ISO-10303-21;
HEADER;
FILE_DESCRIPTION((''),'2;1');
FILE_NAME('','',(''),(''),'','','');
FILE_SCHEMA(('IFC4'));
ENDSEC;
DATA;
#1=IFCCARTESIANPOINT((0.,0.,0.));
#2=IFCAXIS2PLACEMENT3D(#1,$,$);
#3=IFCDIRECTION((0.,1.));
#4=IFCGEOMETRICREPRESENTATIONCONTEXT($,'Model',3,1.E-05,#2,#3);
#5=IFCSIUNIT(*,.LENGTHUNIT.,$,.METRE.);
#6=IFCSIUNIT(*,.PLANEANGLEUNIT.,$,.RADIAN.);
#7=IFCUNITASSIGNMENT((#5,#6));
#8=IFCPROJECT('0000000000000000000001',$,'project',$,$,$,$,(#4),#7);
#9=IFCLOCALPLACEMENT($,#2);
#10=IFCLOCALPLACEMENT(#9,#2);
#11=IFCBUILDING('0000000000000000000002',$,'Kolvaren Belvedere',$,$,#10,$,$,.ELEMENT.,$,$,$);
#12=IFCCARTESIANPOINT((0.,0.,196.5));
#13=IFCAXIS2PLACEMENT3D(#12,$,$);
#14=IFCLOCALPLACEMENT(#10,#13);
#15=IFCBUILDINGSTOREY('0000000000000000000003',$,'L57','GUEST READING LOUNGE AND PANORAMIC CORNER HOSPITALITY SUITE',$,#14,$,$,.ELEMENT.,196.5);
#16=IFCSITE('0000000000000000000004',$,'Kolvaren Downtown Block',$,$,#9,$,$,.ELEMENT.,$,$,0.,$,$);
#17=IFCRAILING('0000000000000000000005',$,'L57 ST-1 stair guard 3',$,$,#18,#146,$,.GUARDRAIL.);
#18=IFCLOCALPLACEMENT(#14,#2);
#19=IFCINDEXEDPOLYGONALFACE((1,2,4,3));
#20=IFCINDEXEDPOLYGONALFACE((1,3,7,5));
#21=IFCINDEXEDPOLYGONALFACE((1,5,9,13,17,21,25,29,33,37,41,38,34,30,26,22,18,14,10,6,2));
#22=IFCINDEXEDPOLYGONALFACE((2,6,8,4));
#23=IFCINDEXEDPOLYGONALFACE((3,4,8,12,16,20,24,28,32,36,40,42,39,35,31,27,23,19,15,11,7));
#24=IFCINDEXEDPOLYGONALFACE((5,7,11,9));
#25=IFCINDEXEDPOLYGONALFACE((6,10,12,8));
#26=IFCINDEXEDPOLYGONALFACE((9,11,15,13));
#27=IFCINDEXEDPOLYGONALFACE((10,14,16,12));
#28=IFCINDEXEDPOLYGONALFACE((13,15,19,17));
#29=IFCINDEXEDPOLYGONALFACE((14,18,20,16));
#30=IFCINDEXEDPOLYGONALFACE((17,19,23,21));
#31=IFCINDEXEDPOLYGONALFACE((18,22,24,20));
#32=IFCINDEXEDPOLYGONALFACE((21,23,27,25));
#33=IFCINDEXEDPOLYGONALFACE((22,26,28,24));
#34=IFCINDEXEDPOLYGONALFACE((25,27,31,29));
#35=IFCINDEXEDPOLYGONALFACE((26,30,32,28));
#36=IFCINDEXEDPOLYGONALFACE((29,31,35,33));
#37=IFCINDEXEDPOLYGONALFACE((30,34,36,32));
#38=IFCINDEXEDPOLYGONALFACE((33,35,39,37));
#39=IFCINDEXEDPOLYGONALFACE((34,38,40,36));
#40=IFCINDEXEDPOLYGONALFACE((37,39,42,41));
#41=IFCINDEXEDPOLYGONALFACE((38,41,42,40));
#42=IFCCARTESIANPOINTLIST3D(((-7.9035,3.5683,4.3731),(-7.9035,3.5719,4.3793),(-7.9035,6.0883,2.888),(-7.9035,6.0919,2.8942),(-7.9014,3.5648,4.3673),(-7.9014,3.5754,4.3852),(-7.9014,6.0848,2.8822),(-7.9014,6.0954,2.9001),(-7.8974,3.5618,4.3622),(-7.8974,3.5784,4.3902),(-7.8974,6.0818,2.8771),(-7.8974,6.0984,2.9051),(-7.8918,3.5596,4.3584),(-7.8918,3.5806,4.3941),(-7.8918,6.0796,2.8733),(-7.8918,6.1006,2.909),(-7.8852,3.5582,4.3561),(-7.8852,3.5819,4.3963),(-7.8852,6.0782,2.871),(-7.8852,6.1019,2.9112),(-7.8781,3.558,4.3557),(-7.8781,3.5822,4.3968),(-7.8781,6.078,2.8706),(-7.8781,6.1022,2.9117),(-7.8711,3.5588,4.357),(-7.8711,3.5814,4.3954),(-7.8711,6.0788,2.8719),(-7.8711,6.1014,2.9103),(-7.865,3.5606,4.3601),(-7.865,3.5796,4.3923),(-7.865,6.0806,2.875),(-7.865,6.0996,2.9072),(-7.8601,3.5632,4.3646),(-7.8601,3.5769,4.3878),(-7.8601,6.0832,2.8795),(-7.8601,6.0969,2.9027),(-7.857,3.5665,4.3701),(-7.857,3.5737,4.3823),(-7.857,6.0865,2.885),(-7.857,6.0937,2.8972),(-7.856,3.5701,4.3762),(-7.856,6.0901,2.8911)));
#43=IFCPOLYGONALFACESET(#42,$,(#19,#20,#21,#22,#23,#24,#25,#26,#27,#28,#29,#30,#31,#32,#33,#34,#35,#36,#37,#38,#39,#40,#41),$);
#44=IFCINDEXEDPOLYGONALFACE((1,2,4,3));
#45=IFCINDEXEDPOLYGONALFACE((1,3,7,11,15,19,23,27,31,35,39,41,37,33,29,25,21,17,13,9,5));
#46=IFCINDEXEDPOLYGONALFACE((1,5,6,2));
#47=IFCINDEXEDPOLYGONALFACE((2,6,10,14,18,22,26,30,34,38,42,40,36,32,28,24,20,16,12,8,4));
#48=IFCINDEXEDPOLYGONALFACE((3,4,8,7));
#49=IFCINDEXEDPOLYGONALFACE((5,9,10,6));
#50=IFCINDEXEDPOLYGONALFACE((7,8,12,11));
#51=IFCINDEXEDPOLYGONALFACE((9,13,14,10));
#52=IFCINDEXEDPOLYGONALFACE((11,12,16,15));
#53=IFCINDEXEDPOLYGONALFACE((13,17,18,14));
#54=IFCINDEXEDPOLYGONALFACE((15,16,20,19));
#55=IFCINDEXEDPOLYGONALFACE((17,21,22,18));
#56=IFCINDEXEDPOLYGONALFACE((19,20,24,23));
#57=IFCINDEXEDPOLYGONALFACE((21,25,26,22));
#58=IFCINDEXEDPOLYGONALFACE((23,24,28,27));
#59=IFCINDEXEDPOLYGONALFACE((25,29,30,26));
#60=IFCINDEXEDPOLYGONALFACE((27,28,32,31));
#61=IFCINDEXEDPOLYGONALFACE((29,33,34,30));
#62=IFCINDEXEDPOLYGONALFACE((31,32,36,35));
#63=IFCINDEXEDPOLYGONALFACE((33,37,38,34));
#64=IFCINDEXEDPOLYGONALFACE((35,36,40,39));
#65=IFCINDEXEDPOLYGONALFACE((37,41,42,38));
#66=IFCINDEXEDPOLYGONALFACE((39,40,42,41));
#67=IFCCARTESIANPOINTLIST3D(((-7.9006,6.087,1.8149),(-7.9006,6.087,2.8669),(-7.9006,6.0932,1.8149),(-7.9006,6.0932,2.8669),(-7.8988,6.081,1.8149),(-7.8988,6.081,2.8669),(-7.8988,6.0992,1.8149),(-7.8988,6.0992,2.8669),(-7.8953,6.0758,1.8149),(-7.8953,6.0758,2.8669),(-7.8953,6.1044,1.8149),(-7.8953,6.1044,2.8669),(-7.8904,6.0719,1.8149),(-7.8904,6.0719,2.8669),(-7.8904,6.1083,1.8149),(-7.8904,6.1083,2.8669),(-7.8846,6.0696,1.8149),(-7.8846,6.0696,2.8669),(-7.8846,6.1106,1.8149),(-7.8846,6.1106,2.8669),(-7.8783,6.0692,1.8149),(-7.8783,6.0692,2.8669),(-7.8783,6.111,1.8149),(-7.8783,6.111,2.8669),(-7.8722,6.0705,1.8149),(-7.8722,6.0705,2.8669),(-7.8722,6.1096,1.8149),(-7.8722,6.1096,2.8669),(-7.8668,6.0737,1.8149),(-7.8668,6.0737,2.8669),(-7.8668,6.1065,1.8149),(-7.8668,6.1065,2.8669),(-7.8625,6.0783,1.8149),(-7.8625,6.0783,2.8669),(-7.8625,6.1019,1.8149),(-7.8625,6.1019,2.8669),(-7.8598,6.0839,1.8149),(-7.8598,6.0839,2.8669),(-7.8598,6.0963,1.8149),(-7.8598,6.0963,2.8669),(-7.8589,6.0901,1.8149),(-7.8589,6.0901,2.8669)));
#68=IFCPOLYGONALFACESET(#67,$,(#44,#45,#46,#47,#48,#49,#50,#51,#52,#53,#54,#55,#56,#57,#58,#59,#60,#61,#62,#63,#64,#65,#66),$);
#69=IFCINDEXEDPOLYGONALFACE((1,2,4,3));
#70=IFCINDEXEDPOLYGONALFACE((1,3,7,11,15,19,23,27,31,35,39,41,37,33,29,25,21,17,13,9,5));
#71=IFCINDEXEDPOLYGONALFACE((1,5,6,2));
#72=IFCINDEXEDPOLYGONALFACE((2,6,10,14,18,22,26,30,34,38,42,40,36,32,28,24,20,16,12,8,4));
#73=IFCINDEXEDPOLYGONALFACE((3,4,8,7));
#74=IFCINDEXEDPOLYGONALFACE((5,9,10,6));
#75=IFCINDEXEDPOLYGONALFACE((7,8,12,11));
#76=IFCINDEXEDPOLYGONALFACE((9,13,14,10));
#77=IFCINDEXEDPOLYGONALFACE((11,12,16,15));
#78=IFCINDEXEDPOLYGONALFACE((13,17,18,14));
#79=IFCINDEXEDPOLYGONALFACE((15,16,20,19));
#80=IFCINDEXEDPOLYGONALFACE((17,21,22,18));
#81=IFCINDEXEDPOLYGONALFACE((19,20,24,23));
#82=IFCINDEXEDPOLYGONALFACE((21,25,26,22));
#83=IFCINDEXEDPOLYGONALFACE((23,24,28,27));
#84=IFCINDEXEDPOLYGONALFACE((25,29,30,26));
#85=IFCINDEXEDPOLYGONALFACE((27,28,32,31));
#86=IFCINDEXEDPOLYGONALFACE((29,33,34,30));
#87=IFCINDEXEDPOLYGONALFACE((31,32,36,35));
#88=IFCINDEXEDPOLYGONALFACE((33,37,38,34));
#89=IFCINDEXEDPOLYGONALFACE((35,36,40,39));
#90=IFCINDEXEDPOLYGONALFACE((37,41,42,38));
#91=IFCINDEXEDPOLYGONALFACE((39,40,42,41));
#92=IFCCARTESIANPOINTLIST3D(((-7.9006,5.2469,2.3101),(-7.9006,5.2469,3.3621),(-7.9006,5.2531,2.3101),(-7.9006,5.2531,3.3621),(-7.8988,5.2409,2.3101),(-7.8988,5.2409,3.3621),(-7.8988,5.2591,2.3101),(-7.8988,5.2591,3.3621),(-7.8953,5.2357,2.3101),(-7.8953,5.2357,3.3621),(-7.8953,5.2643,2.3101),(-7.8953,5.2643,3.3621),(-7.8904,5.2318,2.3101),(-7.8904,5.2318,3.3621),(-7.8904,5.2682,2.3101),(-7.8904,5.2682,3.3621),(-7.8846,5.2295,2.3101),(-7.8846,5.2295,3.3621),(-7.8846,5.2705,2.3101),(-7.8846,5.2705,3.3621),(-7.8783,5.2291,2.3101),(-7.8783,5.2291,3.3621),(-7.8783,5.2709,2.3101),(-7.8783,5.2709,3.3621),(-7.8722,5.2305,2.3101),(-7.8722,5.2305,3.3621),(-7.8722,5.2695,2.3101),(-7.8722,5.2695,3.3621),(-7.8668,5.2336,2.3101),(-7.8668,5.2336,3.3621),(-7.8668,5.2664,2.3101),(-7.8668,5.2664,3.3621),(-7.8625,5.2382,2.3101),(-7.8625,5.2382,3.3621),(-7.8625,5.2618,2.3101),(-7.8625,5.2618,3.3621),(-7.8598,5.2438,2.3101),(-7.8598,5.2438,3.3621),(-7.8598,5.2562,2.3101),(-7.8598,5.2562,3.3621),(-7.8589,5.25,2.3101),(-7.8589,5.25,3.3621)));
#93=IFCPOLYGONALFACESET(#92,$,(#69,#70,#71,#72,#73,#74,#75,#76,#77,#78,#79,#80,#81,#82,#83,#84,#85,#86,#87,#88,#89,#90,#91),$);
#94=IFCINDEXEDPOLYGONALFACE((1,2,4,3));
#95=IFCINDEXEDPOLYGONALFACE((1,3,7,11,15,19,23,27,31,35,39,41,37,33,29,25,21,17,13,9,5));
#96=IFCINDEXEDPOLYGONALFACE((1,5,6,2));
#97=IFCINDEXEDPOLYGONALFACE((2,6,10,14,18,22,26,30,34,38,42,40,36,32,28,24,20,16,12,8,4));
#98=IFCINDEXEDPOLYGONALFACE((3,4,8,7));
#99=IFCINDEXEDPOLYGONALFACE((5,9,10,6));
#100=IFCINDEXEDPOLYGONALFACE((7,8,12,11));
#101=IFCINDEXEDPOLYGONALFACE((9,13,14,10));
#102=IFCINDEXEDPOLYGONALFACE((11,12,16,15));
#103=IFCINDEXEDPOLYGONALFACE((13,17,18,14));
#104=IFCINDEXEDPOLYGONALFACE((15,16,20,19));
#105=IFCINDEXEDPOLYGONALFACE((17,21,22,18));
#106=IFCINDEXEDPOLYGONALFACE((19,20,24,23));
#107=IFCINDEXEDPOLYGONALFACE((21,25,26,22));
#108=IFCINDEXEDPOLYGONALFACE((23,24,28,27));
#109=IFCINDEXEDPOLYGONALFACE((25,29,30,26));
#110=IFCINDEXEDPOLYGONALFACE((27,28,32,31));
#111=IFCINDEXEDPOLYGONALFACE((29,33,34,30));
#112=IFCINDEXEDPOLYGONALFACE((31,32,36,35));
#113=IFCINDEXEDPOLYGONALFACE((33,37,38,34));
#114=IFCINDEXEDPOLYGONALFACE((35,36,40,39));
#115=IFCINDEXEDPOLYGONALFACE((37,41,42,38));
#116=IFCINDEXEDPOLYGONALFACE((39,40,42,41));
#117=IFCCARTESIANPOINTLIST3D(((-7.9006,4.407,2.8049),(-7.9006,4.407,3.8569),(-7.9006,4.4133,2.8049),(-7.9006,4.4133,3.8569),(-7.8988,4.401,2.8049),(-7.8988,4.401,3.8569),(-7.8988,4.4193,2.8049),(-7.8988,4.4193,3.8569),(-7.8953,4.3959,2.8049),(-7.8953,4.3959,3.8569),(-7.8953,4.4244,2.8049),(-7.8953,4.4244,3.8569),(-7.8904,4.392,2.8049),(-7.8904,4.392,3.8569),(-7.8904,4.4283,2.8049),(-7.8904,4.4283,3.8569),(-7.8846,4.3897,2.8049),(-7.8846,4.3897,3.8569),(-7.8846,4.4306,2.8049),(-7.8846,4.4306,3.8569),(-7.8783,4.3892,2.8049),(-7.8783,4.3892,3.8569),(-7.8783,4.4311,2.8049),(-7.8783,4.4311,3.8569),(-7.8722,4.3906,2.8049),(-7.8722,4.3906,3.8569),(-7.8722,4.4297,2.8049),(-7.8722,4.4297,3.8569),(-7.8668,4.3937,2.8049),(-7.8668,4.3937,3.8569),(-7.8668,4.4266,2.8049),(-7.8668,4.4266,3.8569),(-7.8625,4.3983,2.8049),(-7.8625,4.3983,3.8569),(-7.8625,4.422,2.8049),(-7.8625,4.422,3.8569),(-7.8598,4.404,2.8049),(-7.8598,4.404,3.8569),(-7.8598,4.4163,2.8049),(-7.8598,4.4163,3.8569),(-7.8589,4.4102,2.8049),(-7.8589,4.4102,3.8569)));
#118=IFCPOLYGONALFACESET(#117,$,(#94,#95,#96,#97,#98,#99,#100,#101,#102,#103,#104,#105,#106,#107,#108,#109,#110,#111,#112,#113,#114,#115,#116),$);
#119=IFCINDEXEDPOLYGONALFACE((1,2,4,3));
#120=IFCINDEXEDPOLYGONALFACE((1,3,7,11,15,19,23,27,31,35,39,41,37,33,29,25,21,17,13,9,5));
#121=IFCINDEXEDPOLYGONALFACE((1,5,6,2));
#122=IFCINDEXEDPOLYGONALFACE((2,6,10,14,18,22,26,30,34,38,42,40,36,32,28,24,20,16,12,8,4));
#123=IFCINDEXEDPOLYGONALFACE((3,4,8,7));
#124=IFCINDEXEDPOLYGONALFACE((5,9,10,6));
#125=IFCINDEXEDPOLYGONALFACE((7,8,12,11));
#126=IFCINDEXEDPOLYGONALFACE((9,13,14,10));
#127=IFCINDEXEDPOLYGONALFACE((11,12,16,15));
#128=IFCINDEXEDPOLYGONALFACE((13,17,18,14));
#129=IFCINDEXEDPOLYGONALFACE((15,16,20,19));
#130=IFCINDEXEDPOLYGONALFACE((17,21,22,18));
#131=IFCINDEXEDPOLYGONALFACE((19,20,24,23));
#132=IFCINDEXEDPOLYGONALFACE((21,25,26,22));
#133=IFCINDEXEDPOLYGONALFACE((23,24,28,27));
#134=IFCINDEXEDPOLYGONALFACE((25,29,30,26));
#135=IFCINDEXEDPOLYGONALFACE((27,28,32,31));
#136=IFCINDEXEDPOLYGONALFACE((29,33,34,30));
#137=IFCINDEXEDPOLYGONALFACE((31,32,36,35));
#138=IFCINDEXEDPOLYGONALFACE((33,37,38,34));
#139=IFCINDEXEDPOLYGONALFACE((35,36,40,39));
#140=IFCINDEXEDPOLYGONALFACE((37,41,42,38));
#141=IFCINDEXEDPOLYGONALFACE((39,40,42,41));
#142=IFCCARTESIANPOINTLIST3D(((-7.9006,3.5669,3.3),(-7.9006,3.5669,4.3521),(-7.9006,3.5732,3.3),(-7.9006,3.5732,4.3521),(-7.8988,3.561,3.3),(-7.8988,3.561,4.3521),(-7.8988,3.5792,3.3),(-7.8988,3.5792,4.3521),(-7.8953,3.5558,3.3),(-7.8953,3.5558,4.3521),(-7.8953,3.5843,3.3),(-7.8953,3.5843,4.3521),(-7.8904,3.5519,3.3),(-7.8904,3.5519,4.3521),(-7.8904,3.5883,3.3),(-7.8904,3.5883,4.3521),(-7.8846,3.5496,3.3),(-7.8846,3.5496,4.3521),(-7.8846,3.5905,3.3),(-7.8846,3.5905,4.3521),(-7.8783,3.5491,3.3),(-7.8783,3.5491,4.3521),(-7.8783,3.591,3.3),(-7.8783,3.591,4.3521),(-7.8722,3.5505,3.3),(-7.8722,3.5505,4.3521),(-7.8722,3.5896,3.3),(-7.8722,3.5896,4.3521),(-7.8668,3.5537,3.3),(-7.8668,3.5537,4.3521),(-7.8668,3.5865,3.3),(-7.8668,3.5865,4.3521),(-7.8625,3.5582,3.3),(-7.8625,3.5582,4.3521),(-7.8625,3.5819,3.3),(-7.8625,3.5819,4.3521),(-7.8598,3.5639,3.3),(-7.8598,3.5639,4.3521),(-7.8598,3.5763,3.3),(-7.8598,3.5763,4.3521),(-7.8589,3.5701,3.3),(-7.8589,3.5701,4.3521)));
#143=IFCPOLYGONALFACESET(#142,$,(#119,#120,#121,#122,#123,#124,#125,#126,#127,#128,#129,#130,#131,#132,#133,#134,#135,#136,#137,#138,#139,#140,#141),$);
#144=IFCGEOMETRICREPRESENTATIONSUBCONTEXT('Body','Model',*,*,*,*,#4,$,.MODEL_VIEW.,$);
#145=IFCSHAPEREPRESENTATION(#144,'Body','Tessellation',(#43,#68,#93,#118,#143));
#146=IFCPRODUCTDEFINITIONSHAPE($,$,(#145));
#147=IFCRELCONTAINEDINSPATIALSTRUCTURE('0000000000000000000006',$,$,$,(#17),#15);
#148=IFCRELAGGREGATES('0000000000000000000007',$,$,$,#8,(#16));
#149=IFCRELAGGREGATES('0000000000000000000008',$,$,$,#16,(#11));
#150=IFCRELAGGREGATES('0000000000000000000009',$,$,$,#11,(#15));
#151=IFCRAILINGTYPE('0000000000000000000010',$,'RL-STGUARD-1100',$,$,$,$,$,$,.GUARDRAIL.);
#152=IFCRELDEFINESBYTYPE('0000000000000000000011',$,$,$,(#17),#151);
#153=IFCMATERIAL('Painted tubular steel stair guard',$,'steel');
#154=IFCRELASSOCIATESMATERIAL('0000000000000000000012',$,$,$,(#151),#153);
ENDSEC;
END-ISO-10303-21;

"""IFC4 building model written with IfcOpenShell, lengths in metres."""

from ifc_helpers import new_model, si_unit, direction, frame, origin, origin_2d, place, context, subcontext, project, spatial, circle, extrude, material, type_object, element, save


model = new_model("IFC4")

# Units and contexts
model_context = context("Model", 3, precision=1e-05, world=origin(), true_north=direction((0.0, 1.0)))
body_context = subcontext(model_context, "Body", "Model", "MODEL_VIEW")
ifc_project = project(units=[si_unit("LENGTHUNIT", "METRE"), si_unit("PLANEANGLEUNIT", "RADIAN")], contexts=[model_context])

# Site, building, storey
site_placement = place(None, origin())
site = spatial("IfcSite", under=ifc_project, at=site_placement, Name="Kolvaren Downtown Block", CompositionType="ELEMENT", RefElevation=0.0)
building_placement = place(site_placement, origin())
building = spatial("IfcBuilding", under=site, at=building_placement, Name="Kolvaren Belvedere", CompositionType="ELEMENT")
storey_placement = place(building_placement, frame((0.0, 0.0, 196.5)))
storey = spatial("IfcBuildingStorey", under=building, at=storey_placement, Name="L57", Description="GUEST READING LOUNGE AND PANORAMIC CORNER HOSPITALITY SUITE", CompositionType="ELEMENT", Elevation=196.5)

# Railing
ifc_material_1 = material(Name="Painted tubular steel stair guard", Category="steel")
railing_type_1 = type_object("IfcRailingType", Name="RL-STGUARD-1100", PredefinedType="GUARDRAIL", material=ifc_material_1)
railing_1_placement = place(storey_placement, frame((-7.8799, 6.0901, 1.8149)))
element("IfcRailing", 1, at=railing_1_placement, inside=storey, type_object=railing_type_1, Name="L57 ST-1 stair guard 3", PredefinedType="GUARDRAIL", context=body_context, shape_type="SweptSolid", body=[
    extrude(circle(Radius=0.0239, at=origin_2d()), frame((0.0, 0.0, 1.0762), z_axis=(0.0, -0.861524, 0.507717), x_axis=(1.0, 0.0, 0.0)), (0.0, 0.0, 1.0), 2.925),
    extrude(circle(Radius=0.021, at=origin_2d()), origin(), (0.0, 0.0, 1.0), 1.052),
    extrude(circle(Radius=0.021, at=origin_2d()), frame((0.0, -0.8401, 0.4951)), (0.0, 0.0, 1.0), 1.052),
    extrude(circle(Radius=0.021, at=origin_2d()), frame((0.0, -1.6799, 0.99)), (0.0, 0.0, 1.0), 1.052),
    extrude(circle(Radius=0.021, at=origin_2d()), frame((0.0, -2.52, 1.4851)), (0.0, 0.0, 1.0), 1.052),
])

save(model, "model.ifc")
